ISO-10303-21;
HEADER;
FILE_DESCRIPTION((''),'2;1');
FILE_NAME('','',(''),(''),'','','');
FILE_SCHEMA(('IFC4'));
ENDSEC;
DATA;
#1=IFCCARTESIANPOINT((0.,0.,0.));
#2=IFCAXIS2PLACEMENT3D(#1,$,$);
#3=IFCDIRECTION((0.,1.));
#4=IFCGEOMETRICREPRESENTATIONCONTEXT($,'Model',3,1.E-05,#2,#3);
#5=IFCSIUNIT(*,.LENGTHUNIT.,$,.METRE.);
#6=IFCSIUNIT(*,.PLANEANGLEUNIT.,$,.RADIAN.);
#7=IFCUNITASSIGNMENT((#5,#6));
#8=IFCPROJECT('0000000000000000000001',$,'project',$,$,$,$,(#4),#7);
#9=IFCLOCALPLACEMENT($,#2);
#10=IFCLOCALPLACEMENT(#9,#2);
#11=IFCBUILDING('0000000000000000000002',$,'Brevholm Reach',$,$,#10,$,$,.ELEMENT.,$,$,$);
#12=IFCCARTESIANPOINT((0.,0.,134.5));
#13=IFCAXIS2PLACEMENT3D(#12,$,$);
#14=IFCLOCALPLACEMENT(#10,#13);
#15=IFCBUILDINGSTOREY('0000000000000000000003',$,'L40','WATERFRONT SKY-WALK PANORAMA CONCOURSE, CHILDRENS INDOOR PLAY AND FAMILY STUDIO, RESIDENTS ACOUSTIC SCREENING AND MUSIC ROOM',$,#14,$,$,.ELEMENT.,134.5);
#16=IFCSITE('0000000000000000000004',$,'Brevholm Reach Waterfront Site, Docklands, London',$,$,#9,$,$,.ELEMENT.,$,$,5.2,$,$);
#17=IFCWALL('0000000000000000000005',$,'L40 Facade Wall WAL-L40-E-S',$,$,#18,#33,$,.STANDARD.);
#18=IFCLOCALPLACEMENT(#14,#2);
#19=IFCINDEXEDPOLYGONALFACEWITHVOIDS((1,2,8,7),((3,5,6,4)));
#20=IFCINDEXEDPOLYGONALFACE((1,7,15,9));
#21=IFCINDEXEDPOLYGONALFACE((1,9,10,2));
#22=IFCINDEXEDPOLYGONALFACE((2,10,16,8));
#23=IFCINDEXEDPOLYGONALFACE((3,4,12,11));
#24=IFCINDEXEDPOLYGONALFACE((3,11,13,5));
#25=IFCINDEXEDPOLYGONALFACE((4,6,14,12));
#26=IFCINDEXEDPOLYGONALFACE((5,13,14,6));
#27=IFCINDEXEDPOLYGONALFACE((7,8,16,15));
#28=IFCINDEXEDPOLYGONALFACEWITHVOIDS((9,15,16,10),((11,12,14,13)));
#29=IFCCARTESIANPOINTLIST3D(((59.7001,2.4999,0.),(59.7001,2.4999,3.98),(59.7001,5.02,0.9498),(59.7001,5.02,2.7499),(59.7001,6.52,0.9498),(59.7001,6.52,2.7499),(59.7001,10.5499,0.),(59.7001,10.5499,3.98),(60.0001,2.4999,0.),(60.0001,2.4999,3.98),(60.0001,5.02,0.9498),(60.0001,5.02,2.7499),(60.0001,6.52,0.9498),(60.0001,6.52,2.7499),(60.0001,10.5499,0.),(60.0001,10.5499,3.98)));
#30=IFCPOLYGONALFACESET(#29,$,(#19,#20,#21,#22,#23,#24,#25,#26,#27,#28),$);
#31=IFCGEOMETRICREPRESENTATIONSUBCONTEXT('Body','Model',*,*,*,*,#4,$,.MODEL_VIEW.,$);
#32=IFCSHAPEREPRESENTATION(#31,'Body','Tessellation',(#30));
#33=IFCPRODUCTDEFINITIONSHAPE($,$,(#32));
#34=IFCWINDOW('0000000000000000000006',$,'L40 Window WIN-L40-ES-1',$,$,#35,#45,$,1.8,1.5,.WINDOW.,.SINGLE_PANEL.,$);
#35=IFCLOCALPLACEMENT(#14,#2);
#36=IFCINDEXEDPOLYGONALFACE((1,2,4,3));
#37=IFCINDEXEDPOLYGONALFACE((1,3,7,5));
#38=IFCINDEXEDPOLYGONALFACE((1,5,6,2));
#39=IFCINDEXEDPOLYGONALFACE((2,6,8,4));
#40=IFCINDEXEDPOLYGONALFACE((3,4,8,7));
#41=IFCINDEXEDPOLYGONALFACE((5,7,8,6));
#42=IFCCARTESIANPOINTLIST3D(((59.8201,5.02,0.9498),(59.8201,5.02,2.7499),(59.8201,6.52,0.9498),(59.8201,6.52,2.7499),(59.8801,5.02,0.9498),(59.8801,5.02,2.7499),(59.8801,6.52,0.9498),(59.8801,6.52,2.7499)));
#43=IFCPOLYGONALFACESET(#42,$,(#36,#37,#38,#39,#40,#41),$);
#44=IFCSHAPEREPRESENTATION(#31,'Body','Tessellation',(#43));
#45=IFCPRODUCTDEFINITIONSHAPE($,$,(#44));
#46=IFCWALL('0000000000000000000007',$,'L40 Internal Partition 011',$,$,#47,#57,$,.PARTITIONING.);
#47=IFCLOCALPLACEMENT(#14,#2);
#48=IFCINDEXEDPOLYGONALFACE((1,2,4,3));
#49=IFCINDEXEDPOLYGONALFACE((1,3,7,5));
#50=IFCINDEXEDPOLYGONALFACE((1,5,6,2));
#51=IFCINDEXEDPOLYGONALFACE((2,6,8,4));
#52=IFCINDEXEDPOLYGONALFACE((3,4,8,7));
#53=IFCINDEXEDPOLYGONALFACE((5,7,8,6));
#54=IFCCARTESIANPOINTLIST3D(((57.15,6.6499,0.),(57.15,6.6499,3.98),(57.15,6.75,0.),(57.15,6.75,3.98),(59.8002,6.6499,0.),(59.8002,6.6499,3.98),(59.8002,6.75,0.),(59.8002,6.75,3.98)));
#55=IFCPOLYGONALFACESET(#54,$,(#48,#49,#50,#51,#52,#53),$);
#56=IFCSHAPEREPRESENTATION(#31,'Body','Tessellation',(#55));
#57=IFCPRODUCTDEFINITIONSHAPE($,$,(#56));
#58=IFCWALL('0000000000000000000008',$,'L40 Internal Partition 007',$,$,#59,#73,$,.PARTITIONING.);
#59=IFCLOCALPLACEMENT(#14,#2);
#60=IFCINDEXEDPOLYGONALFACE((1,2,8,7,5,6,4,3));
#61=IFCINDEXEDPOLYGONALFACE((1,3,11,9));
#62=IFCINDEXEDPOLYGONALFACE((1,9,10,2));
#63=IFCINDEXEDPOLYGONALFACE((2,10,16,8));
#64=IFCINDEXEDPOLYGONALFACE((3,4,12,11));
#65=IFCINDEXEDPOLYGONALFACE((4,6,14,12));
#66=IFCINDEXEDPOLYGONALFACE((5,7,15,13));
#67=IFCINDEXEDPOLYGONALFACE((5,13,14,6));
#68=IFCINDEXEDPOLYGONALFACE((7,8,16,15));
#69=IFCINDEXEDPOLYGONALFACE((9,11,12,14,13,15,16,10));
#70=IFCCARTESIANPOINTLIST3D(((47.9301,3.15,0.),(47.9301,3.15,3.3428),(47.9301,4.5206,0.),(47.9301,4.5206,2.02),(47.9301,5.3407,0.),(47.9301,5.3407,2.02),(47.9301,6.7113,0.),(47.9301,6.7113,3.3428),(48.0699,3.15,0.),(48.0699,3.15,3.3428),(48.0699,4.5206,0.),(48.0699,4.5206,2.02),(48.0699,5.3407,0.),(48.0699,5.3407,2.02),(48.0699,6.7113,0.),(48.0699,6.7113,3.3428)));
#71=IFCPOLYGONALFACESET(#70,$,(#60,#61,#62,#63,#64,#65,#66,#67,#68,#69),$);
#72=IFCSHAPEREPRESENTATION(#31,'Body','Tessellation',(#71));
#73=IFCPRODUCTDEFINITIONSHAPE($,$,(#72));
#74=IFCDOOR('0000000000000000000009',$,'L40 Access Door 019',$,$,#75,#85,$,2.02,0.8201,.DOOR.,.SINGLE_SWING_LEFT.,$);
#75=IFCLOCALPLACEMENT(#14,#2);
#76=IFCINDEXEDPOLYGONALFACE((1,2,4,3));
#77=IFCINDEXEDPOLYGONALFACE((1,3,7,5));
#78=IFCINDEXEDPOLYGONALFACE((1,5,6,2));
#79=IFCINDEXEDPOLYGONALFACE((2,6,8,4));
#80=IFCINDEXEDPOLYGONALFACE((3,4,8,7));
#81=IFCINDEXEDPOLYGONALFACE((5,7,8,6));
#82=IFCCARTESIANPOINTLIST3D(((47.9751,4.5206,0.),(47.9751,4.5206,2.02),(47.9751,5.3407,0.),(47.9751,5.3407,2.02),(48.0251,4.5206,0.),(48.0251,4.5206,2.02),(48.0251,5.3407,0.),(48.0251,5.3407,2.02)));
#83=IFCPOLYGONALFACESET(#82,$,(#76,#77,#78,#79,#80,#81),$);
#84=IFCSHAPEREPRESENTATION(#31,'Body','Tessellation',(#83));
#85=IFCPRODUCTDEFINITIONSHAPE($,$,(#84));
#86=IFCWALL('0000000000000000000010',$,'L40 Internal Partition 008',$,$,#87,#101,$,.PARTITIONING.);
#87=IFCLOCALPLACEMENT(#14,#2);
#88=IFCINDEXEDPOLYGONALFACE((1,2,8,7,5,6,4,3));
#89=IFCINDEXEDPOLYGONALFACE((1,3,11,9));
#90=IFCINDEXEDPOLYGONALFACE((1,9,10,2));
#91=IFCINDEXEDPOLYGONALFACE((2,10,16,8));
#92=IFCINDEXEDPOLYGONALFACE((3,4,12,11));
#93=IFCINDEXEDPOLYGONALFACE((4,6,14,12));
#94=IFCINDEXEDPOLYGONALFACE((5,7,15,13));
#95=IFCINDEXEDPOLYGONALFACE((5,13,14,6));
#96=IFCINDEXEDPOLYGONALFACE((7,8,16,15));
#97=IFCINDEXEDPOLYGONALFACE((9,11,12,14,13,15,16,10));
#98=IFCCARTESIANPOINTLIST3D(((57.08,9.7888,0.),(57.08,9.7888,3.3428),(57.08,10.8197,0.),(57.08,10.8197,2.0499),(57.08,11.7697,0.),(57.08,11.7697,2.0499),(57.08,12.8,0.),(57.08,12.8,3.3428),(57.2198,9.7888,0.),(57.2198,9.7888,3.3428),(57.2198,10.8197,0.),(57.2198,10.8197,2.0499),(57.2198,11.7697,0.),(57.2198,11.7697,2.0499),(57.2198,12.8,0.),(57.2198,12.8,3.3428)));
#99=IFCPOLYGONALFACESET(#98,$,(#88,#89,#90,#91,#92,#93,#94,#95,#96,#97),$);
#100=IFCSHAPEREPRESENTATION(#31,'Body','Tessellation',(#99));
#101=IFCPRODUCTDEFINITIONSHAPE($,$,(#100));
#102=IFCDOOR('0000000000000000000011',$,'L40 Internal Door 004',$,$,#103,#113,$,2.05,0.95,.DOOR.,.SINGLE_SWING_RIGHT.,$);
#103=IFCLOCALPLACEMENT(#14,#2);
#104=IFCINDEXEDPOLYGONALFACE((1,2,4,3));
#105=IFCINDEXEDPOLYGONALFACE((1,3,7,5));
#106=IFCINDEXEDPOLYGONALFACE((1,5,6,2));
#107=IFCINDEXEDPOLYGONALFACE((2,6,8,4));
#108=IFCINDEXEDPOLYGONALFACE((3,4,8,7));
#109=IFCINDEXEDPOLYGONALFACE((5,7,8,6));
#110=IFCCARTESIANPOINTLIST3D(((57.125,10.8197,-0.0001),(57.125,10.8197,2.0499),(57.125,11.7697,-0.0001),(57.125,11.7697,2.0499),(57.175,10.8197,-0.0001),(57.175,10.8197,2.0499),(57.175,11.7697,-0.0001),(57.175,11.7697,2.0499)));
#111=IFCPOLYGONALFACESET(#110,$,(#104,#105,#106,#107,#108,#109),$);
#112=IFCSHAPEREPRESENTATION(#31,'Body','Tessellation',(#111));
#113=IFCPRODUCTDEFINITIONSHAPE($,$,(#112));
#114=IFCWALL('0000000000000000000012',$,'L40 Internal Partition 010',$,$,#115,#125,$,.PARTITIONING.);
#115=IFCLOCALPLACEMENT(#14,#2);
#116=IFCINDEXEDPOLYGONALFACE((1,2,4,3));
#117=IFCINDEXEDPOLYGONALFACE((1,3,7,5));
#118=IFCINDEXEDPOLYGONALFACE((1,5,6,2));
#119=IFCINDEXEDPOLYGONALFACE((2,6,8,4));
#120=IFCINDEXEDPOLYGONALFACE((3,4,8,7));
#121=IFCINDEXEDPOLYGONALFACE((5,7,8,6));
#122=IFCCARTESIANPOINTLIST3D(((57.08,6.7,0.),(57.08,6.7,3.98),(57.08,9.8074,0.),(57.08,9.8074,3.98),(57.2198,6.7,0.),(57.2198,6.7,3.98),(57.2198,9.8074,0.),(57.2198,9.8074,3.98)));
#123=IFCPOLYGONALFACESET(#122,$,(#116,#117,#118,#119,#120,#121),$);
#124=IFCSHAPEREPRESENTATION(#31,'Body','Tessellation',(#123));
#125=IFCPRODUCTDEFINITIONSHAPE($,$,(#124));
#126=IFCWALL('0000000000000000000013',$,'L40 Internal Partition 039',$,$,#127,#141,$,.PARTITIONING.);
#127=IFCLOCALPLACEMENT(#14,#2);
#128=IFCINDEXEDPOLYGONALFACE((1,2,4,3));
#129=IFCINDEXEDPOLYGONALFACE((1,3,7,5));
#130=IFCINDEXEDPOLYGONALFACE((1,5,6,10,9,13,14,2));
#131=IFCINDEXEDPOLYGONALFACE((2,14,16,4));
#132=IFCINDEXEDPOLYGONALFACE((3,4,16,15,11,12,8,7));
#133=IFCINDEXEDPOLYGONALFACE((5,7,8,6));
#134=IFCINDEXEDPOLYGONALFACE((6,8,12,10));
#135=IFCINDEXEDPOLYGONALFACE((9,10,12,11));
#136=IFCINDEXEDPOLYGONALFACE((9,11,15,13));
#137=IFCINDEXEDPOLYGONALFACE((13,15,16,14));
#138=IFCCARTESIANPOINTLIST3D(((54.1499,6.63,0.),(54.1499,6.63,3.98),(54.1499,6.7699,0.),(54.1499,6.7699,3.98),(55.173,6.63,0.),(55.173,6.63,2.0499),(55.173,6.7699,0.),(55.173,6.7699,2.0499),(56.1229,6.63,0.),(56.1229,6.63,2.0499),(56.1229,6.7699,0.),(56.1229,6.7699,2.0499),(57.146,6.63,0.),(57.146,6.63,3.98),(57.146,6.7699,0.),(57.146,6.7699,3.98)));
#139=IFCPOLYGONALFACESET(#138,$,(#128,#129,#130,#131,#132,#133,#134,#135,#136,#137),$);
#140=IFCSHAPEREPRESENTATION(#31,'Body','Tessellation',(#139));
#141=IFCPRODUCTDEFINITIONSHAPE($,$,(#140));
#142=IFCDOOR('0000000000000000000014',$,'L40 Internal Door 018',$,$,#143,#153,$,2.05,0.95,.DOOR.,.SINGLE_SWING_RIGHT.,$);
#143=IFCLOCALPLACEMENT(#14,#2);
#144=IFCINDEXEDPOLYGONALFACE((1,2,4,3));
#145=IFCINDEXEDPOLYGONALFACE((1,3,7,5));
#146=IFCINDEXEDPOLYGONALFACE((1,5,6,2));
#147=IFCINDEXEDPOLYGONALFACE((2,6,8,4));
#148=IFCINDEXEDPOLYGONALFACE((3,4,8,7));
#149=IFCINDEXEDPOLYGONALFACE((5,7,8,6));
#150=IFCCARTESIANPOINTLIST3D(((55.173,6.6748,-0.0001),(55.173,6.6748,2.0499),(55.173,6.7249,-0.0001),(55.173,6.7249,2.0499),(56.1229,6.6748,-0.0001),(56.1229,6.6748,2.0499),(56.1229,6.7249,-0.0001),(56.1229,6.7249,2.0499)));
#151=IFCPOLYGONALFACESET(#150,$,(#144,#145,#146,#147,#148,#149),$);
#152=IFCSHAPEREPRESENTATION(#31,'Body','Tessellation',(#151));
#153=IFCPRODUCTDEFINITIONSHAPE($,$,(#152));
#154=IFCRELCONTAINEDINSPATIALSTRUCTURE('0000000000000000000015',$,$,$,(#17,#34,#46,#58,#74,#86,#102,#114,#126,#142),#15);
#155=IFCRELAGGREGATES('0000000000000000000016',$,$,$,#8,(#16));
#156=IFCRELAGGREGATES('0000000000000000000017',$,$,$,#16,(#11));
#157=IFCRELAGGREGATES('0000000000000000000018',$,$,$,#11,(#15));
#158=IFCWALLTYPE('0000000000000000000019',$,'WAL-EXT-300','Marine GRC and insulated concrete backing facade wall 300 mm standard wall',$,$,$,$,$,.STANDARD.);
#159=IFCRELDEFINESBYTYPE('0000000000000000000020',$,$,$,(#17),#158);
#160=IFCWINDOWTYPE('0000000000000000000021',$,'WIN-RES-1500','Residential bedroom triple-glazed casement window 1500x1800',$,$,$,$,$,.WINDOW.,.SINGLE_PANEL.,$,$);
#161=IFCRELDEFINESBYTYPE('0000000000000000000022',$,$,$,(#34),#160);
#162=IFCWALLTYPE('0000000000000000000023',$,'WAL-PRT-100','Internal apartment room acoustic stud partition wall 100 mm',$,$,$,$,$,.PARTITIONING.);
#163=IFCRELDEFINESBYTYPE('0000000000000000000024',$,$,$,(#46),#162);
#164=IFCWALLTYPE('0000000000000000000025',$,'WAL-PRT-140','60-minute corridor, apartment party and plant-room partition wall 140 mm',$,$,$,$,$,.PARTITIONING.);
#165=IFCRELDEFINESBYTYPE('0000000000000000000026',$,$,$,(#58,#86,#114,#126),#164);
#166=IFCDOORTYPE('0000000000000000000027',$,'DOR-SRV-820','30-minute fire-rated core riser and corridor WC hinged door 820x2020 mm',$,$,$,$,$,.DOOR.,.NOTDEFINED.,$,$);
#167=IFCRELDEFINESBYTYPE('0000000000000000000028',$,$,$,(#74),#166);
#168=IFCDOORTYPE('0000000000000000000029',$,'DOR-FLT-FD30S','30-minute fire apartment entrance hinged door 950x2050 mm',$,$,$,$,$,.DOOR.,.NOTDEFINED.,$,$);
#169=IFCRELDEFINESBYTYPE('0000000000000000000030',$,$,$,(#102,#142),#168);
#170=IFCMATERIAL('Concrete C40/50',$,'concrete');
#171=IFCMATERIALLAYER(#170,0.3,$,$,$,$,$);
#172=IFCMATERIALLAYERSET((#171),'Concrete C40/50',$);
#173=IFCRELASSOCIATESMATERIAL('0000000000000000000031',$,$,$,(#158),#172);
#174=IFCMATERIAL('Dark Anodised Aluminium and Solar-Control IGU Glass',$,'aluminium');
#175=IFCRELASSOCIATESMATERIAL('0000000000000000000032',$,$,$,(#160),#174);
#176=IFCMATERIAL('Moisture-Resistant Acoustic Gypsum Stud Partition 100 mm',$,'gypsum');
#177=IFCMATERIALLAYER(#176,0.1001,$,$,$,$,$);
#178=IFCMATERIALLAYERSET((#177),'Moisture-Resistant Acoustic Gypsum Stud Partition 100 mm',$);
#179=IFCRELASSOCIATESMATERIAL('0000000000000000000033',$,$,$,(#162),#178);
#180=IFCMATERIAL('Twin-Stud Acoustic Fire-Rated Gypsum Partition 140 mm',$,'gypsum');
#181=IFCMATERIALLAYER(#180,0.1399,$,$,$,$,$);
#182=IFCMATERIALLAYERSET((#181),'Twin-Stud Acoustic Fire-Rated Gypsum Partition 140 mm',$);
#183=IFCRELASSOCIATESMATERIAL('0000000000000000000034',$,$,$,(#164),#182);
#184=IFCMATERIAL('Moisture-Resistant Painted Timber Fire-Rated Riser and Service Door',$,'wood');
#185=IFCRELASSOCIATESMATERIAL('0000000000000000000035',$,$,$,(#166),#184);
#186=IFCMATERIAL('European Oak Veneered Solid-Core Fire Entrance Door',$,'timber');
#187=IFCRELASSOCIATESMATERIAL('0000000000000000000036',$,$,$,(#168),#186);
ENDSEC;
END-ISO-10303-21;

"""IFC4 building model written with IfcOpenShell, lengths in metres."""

from ifc_helpers import new_model, si_unit, direction, frame, frame_2d, origin, place, context, subcontext, project, spatial, rectangle, extrude, material, layer, layer_set, type_object, element, fill, save


model = new_model("IFC4")

# Units and contexts
model_context = context("Model", 3, precision=1e-05, world=origin(), true_north=direction((0.0, 1.0)))
body_context = subcontext(model_context, "Body", "Model", "MODEL_VIEW")
ifc_project = project(units=[si_unit("LENGTHUNIT", "METRE"), si_unit("PLANEANGLEUNIT", "RADIAN")], contexts=[model_context])

# Site, building, storey
site_placement = place(None, origin())
site = spatial("IfcSite", under=ifc_project, at=site_placement, Name="Brevholm Reach Waterfront Site, Docklands, London", CompositionType="ELEMENT", RefElevation=5.2)
building_placement = place(site_placement, origin())
building = spatial("IfcBuilding", under=site, at=building_placement, Name="Brevholm Reach", CompositionType="ELEMENT")
storey_placement = place(building_placement, frame((0.0, 0.0, 134.5)))
storey = spatial("IfcBuildingStorey", under=building, at=storey_placement, Name="L40", Description="WATERFRONT SKY-WALK PANORAMA CONCOURSE, CHILDRENS INDOOR PLAY AND FAMILY STUDIO, RESIDENTS ACOUSTIC SCREENING AND MUSIC ROOM", CompositionType="ELEMENT", Elevation=134.5)

# Shared definitions
ifc_material_1 = material(Name="Concrete C40/50", Category="concrete")
ifc_layer_1 = layer(ifc_material_1, 0.3)
ifc_layer_set_1 = layer_set([ifc_layer_1], Name="Concrete C40/50")
wall_type_1 = type_object("IfcWallType", Name="WAL-EXT-300", Description="Marine GRC and insulated concrete backing facade wall 300 mm standard wall", PredefinedType="STANDARD", material=ifc_layer_set_1)

# Wall, opening, window
wall_1_placement = place(storey_placement, frame((59.8501, 2.5, 0.0), z_axis=(0.0, 0.0, 1.0), x_axis=(0.0, 1.0, 0.0)))
wall_1 = element("IfcWall", 1, at=wall_1_placement, inside=storey, type_object=wall_type_1, Name="L40 Facade Wall WAL-L40-E-S", PredefinedType="STANDARD", context=body_context, shape_type="SweptSolid", body=[
    extrude(rectangle(XDim=8.05, YDim=0.3, at=frame_2d((4.0249, 0.0))), origin(), (0.0, 0.0, 1.0), 3.98),
])
opening_1_placement = place(wall_1_placement, frame((2.52, 0.0, 0.95)))
opening_1 = element("IfcOpeningElement", 2, at=opening_1_placement, cuts=wall_1, PredefinedType="OPENING", context=body_context, shape_type="SweptSolid", body=[
    extrude(rectangle(XDim=1.5, YDim=1.8, at=frame_2d((0.75, 0.8999))), frame((0.0, 0.1599, 0.0), z_axis=(0.0, -1.0, 0.0), x_axis=(1.0, 0.0, 0.0)), (0.0, 0.0, 1.0), 0.3201),
])
ifc_material_2 = material(Name="Dark Anodised Aluminium and Solar-Control IGU Glass", Category="aluminium")
window_type = type_object("IfcWindowType", Name="WIN-RES-1500", Description="Residential bedroom triple-glazed casement window 1500x1800", PartitioningType="SINGLE_PANEL", PredefinedType="WINDOW", material=ifc_material_2)
window_placement = place(opening_1_placement, origin())
window = element("IfcWindow", 3, at=window_placement, inside=storey, type_object=window_type, Name="L40 Window WIN-L40-ES-1", OverallHeight=1.8, OverallWidth=1.5, PartitioningType="SINGLE_PANEL", PredefinedType="WINDOW", context=body_context, shape_type="SweptSolid", body=[
    extrude(rectangle(XDim=1.5, YDim=1.8, at=frame_2d((0.75, 0.8999))), frame((0.0, 0.03, 0.0), z_axis=(0.0, -1.0, 0.0), x_axis=(1.0, 0.0, 0.0)), (0.0, 0.0, 1.0), 0.0601),
])
fill(opening_1, window)

# Wall
ifc_material_3 = material(Name="Moisture-Resistant Acoustic Gypsum Stud Partition 100 mm", Category="gypsum")
ifc_layer_2 = layer(ifc_material_3, 0.1001)
ifc_layer_set_2 = layer_set([ifc_layer_2], Name="Moisture-Resistant Acoustic Gypsum Stud Partition 100 mm")
wall_type_2 = type_object("IfcWallType", Name="WAL-PRT-100", Description="Internal apartment room acoustic stud partition wall 100 mm", PredefinedType="PARTITIONING", material=ifc_layer_set_2)
wall_2_placement = place(storey_placement, frame((57.1499, 6.7, 0.0), z_axis=(0.0, 0.0, 1.0), x_axis=(1.0, 0.0, 0.0)))
element("IfcWall", 4, at=wall_2_placement, inside=storey, type_object=wall_type_2, Name="L40 Internal Partition 011", PredefinedType="PARTITIONING", context=body_context, shape_type="SweptSolid", body=[
    extrude(rectangle(XDim=2.6501, YDim=0.1001, at=frame_2d((1.3252, 0.0))), origin(), (0.0, 0.0, 1.0), 3.98),
])

# Walls, openings, doors
ifc_material_4 = material(Name="Twin-Stud Acoustic Fire-Rated Gypsum Partition 140 mm", Category="gypsum")
ifc_layer_3 = layer(ifc_material_4, 0.1399)
ifc_layer_set_3 = layer_set([ifc_layer_3], Name="Twin-Stud Acoustic Fire-Rated Gypsum Partition 140 mm")
wall_type_3 = type_object("IfcWallType", Name="WAL-PRT-140", Description="60-minute corridor, apartment party and plant-room partition wall 140 mm", PredefinedType="PARTITIONING", material=ifc_layer_set_3)
wall_3_placement = place(storey_placement, frame((48.0, 3.1499, 0.0), z_axis=(0.0, 0.0, 1.0), x_axis=(0.0, 1.0, 0.0)))
wall_3 = element("IfcWall", 5, at=wall_3_placement, inside=storey, type_object=wall_type_3, Name="L40 Internal Partition 007", PredefinedType="PARTITIONING", context=body_context, shape_type="SweptSolid", body=[
    extrude(rectangle(XDim=3.5613, YDim=0.1399, at=frame_2d((1.7808, 0.0))), origin(), (0.0, 0.0, 1.0), 3.3428),
])
opening_2_placement = place(wall_3_placement, frame((1.3706, 0.0, 0.0)))
opening_2 = element("IfcOpeningElement", 6, at=opening_2_placement, cuts=wall_3, PredefinedType="OPENING", context=body_context, shape_type="SweptSolid", body=[
    extrude(rectangle(XDim=0.8201, YDim=2.02, at=frame_2d((0.4102, 1.01))), frame((0.0, 0.0798, 0.0), z_axis=(0.0, -1.0, 0.0), x_axis=(1.0, 0.0, 0.0)), (0.0, 0.0, 1.0), 0.1599),
])
ifc_material_5 = material(Name="Moisture-Resistant Painted Timber Fire-Rated Riser and Service Door", Category="wood")
door_type_1 = type_object("IfcDoorType", Name="DOR-SRV-820", Description="30-minute fire-rated core riser and corridor WC hinged door 820x2020 mm", OperationType="NOTDEFINED", PredefinedType="DOOR", material=ifc_material_5)
door_1_placement = place(opening_2_placement, origin())
door_1 = element("IfcDoor", 7, at=door_1_placement, inside=storey, type_object=door_type_1, Name="L40 Access Door 019", OperationType="SINGLE_SWING_LEFT", OverallHeight=2.02, OverallWidth=0.8201, PredefinedType="DOOR", context=body_context, shape_type="SweptSolid", body=[
    extrude(rectangle(XDim=0.8201, YDim=2.02, at=frame_2d((0.4102, 1.01))), frame((0.0, 0.0249, 0.0), z_axis=(0.0, -1.0, 0.0), x_axis=(1.0, 0.0, 0.0)), (0.0, 0.0, 1.0), 0.05),
])
fill(opening_2, door_1)
wall_4_placement = place(storey_placement, frame((57.1499, 9.7888, 0.0), z_axis=(0.0, 0.0, 1.0), x_axis=(0.0, 1.0, 0.0)))
wall_4 = element("IfcWall", 8, at=wall_4_placement, inside=storey, type_object=wall_type_3, Name="L40 Internal Partition 008", PredefinedType="PARTITIONING", context=body_context, shape_type="SweptSolid", body=[
    extrude(rectangle(XDim=3.0112, YDim=0.1399, at=frame_2d((1.5056, 0.0))), origin(), (0.0, 0.0, 1.0), 3.3428),
])
opening_3_placement = place(wall_4_placement, frame((1.0308, 0.0, 0.0)))
opening_3 = element("IfcOpeningElement", 9, at=opening_3_placement, cuts=wall_4, PredefinedType="OPENING", context=body_context, shape_type="SweptSolid", body=[
    extrude(rectangle(XDim=0.95, YDim=2.05, at=frame_2d((0.4751, 1.0249))), frame((0.0, 0.0798, 0.0), z_axis=(0.0, -1.0, 0.0), x_axis=(1.0, 0.0, 0.0)), (0.0, 0.0, 1.0), 0.1599),
])
ifc_material_6 = material(Name="European Oak Veneered Solid-Core Fire Entrance Door", Category="timber")
door_type_2 = type_object("IfcDoorType", Name="DOR-FLT-FD30S", Description="30-minute fire apartment entrance hinged door 950x2050 mm", OperationType="NOTDEFINED", PredefinedType="DOOR", material=ifc_material_6)
door_2_placement = place(opening_3_placement, origin())
door_2 = element("IfcDoor", 10, at=door_2_placement, inside=storey, type_object=door_type_2, Name="L40 Internal Door 004", OperationType="SINGLE_SWING_RIGHT", OverallHeight=2.05, OverallWidth=0.95, PredefinedType="DOOR", context=body_context, shape_type="SweptSolid", body=[
    extrude(rectangle(XDim=0.95, YDim=2.05, at=frame_2d((0.4751, 1.0249))), frame((0.0, 0.0249, 0.0), z_axis=(0.0, -1.0, 0.0), x_axis=(1.0, 0.0, 0.0)), (0.0, 0.0, 1.0), 0.05),
])
fill(opening_3, door_2)

# Wall
wall_5_placement = place(storey_placement, frame((57.1499, 6.7, 0.0), z_axis=(0.0, 0.0, 1.0), x_axis=(0.0, 1.0, 0.0)))
element("IfcWall", 11, at=wall_5_placement, inside=storey, type_object=wall_type_3, Name="L40 Internal Partition 010", PredefinedType="PARTITIONING", context=body_context, shape_type="SweptSolid", body=[
    extrude(rectangle(XDim=3.1074, YDim=0.1399, at=frame_2d((1.5537, 0.0))), origin(), (0.0, 0.0, 1.0), 3.98),
])

# Wall, opening, door
wall_6_placement = place(storey_placement, frame((54.1499, 6.7, 0.0), z_axis=(0.0, 0.0, 1.0), x_axis=(1.0, 0.0, 0.0)))
wall_6 = element("IfcWall", 12, at=wall_6_placement, inside=storey, type_object=wall_type_3, Name="L40 Internal Partition 039", PredefinedType="PARTITIONING", context=body_context, shape_type="SweptSolid", body=[
    extrude(rectangle(XDim=2.9961, YDim=0.1399, at=frame_2d((1.498, 0.0))), origin(), (0.0, 0.0, 1.0), 3.98),
])
opening_4_placement = place(wall_6_placement, frame((1.0229, 0.0, 0.0)))
opening_4 = element("IfcOpeningElement", 13, at=opening_4_placement, cuts=wall_6, PredefinedType="OPENING", context=body_context, shape_type="SweptSolid", body=[
    extrude(rectangle(XDim=0.95, YDim=2.05, at=frame_2d((0.4751, 1.0249))), frame((0.0, 0.0798, 0.0), z_axis=(0.0, -1.0, 0.0), x_axis=(1.0, 0.0, 0.0)), (0.0, 0.0, 1.0), 0.1599),
])
door_3_placement = place(opening_4_placement, origin())
door_3 = element("IfcDoor", 14, at=door_3_placement, inside=storey, type_object=door_type_2, Name="L40 Internal Door 018", OperationType="SINGLE_SWING_RIGHT", OverallHeight=2.05, OverallWidth=0.95, PredefinedType="DOOR", context=body_context, shape_type="SweptSolid", body=[
    extrude(rectangle(XDim=0.95, YDim=2.05, at=frame_2d((0.4751, 1.0249))), frame((0.0, 0.0249, 0.0), z_axis=(0.0, -1.0, 0.0), x_axis=(1.0, 0.0, 0.0)), (0.0, 0.0, 1.0), 0.05),
])
fill(opening_4, door_3)

save(model, "model.ifc")
